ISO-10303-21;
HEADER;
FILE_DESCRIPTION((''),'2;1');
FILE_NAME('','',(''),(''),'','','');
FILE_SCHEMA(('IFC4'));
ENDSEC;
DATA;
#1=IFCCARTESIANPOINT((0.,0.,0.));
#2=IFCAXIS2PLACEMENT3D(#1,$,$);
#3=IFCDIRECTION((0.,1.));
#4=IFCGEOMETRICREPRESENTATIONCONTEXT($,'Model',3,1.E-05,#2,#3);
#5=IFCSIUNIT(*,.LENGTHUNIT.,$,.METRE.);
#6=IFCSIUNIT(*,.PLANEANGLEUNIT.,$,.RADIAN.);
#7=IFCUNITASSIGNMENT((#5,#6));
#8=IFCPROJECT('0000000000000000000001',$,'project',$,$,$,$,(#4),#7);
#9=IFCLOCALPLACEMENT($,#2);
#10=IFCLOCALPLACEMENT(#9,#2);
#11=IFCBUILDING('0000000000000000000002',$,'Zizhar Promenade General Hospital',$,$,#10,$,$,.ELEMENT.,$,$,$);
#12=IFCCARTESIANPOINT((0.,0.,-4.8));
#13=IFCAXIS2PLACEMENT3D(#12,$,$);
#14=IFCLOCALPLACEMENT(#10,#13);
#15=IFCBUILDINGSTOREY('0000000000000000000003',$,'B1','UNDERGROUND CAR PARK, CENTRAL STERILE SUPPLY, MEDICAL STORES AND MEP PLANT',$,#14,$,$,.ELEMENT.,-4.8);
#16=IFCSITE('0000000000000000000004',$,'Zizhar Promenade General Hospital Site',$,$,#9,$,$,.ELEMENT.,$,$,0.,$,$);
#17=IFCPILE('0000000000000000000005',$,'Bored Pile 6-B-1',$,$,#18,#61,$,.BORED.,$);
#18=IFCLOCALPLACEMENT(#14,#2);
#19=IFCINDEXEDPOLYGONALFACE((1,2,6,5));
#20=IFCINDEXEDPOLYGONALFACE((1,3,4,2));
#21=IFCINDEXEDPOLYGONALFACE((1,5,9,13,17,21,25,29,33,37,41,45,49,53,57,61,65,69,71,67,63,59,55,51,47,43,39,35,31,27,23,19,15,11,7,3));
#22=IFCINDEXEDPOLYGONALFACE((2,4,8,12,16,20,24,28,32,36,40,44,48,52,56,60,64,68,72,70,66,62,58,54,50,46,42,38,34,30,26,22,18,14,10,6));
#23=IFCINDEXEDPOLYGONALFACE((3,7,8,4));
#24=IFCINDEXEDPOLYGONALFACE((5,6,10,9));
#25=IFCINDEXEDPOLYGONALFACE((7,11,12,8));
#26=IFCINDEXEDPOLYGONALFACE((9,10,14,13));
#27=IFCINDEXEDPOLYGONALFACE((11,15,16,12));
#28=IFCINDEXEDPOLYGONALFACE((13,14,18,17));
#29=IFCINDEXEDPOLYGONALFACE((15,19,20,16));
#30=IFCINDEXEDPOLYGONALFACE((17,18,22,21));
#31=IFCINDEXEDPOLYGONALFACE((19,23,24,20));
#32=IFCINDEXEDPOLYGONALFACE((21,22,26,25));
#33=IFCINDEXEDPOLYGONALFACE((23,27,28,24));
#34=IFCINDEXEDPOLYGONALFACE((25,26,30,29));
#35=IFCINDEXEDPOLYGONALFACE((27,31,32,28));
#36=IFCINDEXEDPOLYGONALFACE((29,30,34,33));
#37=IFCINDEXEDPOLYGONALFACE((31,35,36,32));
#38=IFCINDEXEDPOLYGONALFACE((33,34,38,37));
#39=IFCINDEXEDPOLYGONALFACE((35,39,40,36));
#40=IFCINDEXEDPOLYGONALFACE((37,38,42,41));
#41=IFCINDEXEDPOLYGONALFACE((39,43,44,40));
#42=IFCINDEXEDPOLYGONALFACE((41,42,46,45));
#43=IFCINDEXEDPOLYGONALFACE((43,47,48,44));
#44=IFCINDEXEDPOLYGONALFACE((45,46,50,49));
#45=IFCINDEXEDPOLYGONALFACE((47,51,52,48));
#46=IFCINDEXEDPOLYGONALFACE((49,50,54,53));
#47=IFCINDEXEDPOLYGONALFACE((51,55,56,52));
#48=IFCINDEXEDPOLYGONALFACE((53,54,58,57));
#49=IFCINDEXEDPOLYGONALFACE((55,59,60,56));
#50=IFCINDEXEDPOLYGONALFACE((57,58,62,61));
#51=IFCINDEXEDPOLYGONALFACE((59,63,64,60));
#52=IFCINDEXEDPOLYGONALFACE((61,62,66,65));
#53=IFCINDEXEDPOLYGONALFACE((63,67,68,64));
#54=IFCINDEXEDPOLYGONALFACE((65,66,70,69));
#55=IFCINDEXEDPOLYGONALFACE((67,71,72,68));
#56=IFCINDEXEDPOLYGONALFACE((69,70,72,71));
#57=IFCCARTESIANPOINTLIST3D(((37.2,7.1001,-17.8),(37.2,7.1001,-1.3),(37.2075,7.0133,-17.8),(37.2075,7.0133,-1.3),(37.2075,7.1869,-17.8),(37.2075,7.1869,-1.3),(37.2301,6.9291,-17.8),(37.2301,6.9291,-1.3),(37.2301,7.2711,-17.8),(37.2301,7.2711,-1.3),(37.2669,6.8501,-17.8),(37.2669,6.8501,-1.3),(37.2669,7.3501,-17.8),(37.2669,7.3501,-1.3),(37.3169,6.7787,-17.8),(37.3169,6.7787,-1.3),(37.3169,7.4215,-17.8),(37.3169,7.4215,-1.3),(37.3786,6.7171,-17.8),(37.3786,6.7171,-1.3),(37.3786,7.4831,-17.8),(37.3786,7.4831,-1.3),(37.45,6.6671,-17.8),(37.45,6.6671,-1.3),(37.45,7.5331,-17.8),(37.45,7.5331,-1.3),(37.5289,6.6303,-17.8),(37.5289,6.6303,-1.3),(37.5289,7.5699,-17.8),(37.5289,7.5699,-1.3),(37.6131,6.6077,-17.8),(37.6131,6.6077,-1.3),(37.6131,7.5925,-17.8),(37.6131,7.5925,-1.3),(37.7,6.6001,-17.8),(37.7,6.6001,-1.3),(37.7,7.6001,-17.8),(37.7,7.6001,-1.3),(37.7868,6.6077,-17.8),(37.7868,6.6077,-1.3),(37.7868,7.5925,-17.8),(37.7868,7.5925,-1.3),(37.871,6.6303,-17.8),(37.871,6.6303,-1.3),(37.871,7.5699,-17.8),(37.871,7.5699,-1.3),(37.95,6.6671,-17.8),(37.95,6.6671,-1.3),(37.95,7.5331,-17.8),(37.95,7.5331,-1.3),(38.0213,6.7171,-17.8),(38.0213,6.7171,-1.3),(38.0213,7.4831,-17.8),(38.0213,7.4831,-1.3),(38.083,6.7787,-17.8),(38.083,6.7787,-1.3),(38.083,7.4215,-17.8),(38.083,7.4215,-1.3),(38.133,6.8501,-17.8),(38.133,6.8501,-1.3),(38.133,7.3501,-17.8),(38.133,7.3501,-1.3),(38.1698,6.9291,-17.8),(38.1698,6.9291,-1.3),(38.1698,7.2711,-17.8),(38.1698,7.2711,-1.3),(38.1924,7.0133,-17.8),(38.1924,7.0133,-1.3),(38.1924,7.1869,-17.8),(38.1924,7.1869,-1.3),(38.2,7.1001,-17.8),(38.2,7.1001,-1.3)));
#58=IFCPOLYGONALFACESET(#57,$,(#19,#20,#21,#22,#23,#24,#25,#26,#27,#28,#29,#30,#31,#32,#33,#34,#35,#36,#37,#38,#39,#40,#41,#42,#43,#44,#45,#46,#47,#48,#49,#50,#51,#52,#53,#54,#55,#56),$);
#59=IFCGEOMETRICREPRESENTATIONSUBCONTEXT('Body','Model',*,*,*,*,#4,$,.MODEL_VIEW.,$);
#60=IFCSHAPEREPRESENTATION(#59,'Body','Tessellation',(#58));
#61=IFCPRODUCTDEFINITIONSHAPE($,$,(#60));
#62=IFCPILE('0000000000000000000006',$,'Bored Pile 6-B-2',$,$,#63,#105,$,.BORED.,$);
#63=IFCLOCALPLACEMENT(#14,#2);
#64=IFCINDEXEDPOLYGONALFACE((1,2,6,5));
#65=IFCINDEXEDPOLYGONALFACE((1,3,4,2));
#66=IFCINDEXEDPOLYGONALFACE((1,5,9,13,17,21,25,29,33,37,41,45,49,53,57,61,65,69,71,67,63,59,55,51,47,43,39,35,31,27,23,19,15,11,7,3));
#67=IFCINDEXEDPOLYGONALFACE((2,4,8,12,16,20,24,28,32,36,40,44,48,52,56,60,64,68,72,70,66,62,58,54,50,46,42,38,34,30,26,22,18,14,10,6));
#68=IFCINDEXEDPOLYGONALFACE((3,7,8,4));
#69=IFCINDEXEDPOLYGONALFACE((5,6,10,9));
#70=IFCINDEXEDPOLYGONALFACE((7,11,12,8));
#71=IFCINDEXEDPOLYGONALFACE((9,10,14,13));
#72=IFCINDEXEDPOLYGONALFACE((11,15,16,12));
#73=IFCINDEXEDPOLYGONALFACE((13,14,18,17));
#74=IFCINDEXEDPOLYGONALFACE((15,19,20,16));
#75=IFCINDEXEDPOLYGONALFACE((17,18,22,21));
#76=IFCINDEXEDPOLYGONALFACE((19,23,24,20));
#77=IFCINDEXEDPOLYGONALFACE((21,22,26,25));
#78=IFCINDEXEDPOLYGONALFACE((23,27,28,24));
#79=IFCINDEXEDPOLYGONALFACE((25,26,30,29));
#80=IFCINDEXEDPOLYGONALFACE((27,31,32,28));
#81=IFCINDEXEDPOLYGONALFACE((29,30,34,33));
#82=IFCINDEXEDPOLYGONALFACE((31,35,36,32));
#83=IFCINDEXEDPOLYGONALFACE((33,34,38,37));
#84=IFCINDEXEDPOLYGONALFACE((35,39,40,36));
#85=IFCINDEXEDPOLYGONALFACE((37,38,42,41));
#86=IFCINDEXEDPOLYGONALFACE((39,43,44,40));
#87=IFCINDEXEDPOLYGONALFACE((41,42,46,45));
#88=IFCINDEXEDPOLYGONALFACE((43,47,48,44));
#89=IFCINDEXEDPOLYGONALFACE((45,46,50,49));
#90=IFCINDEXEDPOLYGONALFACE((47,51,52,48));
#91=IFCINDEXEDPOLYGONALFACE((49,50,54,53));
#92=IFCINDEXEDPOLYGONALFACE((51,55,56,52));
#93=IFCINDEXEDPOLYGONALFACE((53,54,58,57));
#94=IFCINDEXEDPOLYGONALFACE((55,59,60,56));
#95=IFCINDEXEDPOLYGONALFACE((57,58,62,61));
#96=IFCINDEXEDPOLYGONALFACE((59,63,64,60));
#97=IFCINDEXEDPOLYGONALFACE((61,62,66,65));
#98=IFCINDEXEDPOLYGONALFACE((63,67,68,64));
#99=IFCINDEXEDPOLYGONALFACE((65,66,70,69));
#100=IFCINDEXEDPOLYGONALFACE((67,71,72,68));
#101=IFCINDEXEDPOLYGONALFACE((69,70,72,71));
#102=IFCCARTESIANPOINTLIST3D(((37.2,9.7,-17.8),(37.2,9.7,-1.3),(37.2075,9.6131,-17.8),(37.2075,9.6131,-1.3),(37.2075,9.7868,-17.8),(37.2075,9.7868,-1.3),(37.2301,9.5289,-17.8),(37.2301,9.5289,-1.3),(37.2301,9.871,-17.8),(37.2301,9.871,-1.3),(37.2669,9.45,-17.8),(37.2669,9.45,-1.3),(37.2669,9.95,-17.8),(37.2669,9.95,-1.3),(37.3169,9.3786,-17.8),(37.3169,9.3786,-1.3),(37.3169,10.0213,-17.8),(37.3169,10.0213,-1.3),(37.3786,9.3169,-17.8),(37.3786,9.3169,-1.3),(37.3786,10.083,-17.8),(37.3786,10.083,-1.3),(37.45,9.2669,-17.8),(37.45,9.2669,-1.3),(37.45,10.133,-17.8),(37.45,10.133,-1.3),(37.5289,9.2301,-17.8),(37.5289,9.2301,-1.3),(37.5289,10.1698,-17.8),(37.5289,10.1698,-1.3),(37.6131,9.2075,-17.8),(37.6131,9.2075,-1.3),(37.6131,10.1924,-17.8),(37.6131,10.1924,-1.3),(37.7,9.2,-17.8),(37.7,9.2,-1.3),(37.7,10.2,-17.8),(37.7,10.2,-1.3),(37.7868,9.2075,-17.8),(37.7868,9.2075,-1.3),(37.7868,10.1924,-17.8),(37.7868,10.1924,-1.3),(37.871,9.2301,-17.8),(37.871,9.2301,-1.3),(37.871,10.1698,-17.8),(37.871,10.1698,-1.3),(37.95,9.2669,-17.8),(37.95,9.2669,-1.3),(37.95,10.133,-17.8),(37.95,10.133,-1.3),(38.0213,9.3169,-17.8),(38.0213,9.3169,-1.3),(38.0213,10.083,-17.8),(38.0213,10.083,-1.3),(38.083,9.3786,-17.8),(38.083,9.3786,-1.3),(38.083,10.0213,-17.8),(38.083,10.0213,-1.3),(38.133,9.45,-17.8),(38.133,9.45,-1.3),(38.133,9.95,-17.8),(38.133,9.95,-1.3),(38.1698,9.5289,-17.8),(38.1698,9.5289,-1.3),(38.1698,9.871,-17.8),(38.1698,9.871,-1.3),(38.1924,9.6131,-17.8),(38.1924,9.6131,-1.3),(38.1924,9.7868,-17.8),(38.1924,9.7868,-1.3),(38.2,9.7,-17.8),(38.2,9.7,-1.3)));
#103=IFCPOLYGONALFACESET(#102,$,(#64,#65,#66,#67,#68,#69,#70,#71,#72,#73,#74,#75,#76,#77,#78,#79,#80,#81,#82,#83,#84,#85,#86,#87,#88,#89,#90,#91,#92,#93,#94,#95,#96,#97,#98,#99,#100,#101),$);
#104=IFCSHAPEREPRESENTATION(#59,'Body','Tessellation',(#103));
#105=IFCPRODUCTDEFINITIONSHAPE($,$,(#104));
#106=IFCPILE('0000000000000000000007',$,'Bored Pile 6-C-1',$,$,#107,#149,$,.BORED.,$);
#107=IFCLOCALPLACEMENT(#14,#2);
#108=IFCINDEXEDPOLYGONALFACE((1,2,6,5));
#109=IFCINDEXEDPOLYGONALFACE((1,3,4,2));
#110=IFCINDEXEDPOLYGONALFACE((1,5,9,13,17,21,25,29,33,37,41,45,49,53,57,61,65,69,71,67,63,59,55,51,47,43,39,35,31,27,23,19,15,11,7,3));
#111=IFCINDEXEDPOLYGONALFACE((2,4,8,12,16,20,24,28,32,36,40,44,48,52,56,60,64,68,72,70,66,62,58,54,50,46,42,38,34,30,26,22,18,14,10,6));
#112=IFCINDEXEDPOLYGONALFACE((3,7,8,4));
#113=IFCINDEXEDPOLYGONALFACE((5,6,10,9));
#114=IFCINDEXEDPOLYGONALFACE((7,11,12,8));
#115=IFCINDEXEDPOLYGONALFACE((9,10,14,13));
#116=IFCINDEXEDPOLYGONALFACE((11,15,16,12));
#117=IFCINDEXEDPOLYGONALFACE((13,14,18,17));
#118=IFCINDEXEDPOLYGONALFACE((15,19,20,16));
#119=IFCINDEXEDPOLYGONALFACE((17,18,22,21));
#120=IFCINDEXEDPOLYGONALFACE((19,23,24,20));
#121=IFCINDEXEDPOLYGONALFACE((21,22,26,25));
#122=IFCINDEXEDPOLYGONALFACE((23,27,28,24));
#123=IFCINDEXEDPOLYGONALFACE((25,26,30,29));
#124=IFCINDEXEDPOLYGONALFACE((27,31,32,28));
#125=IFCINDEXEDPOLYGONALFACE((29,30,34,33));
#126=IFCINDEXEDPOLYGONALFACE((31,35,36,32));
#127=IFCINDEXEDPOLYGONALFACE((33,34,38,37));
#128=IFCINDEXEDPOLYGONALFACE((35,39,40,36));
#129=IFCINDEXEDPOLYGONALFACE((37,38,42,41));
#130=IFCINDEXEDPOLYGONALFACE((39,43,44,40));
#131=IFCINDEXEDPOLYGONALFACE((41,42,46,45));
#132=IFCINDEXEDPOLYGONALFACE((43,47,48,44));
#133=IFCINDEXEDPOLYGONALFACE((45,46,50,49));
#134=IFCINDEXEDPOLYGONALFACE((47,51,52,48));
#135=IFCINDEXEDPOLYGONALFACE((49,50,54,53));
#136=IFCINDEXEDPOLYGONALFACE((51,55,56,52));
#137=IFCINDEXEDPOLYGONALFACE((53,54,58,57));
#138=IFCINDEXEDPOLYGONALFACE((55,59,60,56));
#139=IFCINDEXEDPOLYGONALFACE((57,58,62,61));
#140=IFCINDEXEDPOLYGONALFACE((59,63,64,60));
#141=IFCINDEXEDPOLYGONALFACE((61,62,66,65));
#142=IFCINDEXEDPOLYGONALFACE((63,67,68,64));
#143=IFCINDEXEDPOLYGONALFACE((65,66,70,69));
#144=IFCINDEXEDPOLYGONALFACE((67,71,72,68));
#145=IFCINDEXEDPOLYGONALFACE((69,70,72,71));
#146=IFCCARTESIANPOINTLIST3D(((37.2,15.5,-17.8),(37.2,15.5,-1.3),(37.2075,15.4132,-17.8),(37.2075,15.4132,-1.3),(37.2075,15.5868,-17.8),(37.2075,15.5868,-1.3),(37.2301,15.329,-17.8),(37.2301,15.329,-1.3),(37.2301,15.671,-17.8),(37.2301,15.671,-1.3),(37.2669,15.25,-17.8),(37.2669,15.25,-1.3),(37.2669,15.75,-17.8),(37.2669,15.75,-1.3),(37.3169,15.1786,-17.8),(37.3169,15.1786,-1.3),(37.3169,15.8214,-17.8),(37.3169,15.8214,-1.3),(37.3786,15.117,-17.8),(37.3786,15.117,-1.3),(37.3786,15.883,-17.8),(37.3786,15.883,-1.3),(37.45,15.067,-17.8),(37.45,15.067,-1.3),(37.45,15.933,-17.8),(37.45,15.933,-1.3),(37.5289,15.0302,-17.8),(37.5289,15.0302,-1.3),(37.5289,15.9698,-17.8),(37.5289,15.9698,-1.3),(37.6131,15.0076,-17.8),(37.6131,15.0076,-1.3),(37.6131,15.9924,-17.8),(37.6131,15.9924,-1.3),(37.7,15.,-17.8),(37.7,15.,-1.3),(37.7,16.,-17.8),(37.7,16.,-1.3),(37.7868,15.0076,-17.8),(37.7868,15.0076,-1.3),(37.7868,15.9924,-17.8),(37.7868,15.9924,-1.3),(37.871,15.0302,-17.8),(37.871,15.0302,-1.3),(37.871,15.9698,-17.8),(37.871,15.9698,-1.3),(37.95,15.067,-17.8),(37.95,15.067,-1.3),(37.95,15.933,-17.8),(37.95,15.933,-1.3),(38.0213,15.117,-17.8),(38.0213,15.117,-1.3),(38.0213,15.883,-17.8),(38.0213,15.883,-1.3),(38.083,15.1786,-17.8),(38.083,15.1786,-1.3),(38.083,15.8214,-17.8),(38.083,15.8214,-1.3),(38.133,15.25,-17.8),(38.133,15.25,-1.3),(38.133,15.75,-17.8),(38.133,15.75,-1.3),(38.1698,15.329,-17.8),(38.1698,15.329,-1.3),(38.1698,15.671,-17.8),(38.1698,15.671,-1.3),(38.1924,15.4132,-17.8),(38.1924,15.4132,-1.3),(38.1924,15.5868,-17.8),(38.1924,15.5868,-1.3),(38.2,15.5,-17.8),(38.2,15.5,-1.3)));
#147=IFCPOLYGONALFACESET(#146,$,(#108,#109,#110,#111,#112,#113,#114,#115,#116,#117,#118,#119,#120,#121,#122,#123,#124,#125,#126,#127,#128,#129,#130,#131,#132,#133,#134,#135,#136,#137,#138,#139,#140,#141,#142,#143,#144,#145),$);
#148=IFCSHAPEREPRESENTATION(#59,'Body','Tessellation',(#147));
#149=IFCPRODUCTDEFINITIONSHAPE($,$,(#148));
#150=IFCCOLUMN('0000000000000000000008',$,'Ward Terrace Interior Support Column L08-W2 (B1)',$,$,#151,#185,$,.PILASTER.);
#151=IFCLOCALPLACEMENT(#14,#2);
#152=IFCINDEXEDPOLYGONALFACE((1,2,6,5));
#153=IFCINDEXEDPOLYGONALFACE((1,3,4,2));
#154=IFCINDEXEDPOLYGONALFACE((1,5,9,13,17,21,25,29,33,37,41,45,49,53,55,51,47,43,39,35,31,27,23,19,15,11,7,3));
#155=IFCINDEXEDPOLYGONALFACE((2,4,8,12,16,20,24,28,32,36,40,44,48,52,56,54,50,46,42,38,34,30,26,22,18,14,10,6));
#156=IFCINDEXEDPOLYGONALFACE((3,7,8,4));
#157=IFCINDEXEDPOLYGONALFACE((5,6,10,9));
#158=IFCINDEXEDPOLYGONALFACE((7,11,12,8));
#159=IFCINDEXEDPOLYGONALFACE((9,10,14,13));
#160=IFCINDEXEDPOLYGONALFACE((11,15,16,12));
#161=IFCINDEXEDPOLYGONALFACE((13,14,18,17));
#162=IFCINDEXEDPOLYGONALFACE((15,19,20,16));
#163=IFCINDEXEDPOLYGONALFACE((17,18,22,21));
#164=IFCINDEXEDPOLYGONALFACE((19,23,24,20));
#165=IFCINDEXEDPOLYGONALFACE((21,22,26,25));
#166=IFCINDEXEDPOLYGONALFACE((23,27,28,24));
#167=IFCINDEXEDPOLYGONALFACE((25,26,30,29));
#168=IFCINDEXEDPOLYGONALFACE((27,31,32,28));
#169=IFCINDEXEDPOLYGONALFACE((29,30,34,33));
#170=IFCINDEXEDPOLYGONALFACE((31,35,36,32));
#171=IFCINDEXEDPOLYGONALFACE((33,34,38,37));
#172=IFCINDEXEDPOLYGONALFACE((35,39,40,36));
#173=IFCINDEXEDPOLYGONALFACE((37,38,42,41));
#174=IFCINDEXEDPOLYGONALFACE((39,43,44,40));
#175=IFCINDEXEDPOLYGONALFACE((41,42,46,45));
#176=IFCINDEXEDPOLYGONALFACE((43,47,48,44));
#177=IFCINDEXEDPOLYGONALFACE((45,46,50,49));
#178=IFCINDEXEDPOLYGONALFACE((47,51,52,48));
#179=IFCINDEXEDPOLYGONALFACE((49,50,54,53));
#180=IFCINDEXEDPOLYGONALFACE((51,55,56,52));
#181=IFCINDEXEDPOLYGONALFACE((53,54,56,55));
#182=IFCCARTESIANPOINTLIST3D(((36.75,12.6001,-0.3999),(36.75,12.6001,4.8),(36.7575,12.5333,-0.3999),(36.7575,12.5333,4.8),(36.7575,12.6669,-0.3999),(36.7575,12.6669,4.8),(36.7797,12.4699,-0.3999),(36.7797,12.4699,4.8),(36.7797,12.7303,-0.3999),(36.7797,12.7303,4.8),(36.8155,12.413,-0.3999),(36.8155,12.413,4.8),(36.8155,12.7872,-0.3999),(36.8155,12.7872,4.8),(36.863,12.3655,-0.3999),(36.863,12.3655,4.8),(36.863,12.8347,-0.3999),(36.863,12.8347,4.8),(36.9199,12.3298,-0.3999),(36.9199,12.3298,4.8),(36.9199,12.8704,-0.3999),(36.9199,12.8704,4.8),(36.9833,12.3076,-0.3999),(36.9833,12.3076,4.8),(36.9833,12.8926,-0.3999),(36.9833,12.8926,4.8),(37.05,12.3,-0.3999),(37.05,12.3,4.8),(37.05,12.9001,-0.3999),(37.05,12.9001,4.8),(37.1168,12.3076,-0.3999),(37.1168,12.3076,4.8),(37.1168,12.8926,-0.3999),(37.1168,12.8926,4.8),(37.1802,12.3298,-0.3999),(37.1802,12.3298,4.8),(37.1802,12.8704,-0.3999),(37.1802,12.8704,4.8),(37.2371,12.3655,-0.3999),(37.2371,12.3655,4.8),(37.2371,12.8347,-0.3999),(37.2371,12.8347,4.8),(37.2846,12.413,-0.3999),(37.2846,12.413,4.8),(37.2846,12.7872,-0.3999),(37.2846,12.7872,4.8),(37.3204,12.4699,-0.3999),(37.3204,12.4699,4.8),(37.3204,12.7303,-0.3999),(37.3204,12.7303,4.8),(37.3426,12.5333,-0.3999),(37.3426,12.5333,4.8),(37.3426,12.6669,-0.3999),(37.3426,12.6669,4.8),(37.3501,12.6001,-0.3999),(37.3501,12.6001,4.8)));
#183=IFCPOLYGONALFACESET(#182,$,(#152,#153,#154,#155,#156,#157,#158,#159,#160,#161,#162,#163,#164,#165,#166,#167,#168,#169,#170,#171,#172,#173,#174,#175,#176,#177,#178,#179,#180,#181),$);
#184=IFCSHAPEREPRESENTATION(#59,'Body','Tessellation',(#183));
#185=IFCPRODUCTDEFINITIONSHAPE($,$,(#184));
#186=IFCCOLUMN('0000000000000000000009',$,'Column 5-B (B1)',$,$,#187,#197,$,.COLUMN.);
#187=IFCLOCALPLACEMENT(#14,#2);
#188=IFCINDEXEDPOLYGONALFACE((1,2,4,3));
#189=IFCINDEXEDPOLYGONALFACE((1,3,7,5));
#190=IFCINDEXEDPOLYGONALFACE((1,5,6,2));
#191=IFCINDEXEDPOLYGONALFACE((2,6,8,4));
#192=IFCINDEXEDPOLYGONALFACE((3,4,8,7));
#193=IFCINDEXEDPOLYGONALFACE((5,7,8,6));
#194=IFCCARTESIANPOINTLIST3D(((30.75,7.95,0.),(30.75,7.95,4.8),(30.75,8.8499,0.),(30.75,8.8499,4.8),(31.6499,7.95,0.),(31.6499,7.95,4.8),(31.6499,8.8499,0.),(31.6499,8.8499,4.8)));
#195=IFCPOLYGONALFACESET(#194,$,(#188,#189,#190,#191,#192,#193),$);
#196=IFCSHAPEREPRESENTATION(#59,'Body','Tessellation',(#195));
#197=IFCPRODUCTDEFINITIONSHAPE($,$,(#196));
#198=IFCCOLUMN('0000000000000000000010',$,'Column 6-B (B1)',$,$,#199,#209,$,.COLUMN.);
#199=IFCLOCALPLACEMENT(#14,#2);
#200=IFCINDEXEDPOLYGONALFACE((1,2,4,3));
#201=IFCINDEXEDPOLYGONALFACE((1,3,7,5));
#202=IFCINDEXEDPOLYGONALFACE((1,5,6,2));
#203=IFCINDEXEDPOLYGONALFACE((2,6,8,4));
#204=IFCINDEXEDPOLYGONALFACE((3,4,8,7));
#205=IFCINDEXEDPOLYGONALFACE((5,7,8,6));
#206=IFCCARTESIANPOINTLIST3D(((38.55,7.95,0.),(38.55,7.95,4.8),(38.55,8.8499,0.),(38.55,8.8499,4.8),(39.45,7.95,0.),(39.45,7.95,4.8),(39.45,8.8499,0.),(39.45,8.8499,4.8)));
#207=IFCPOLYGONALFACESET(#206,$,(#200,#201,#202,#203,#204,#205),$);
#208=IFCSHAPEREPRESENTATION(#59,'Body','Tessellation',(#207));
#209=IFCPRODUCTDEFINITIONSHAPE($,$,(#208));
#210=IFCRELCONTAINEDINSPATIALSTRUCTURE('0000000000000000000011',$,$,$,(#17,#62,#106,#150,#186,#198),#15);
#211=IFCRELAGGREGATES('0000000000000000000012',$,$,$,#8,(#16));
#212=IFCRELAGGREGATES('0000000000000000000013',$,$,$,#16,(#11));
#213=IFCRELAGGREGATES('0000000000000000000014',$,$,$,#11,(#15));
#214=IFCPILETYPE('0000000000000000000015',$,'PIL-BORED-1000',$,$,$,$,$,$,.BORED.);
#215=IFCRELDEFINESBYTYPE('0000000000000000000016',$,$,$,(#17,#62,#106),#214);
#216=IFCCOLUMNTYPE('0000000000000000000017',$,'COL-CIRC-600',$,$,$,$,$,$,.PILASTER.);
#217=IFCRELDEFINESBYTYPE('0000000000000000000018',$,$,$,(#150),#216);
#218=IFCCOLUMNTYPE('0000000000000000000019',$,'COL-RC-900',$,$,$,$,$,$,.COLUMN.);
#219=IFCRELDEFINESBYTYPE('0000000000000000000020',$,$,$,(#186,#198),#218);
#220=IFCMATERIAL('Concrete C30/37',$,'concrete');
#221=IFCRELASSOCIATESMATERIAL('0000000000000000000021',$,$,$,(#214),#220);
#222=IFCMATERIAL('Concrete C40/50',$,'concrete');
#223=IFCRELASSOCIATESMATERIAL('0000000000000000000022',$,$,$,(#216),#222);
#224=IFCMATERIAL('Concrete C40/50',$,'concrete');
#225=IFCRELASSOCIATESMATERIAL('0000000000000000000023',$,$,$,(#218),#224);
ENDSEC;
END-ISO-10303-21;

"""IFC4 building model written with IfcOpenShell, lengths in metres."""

from ifc_helpers import new_model, si_unit, direction, frame, origin, origin_2d, place, context, subcontext, project, spatial, rectangle, circle, extrude, material, material_profile, profile_set, type_object, element, save


model = new_model("IFC4")

# Units and contexts
model_context = context("Model", 3, precision=1e-05, world=origin(), true_north=direction((0.0, 1.0)))
body_context = subcontext(model_context, "Body", "Model", "MODEL_VIEW")
ifc_project = project(units=[si_unit("LENGTHUNIT", "METRE"), si_unit("PLANEANGLEUNIT", "RADIAN")], contexts=[model_context])

# Site, building, storey
site_placement = place(None, origin())
site = spatial("IfcSite", under=ifc_project, at=site_placement, Name="Zizhar Promenade General Hospital Site", CompositionType="ELEMENT", RefElevation=0.0)
building_placement = place(site_placement, origin())
building = spatial("IfcBuilding", under=site, at=building_placement, Name="Zizhar Promenade General Hospital", CompositionType="ELEMENT")
storey_placement = place(building_placement, frame((0.0, 0.0, -4.8)))
storey = spatial("IfcBuildingStorey", under=building, at=storey_placement, Name="B1", Description="UNDERGROUND CAR PARK, CENTRAL STERILE SUPPLY, MEDICAL STORES AND MEP PLANT", CompositionType="ELEMENT", Elevation=-4.8)

# Piles
ifc_material_1 = material(Name="Concrete C30/37", Category="concrete")
ifc_material_profile_1 = material_profile(ifc_material_1, circle(Radius=0.5, at=origin_2d()))
ifc_profile_set_1 = profile_set([ifc_material_profile_1], Name="Concrete C30/37")
pile_type = type_object("IfcPileType", Name="PIL-BORED-1000", PredefinedType="BORED", material=ifc_profile_set_1)
for number, where, z_axis, x_axis, name in (
    (1, (37.7, 7.1001, -1.3), (0.0, 0.0, -1.0), (1.0, 0.0, 0.0), "Bored Pile 6-B-1"),
    (2, (37.7, 9.7, -1.3), (0.0, 0.0, -1.0), (1.0, 0.0, 0.0), "Bored Pile 6-B-2"),
    (3, (37.7, 15.5, -1.3), (0.0, 0.0, -1.0), (1.0, 0.0, 0.0), "Bored Pile 6-C-1"),
):
    element("IfcPile", number, at=place(storey_placement, frame(where, z_axis=z_axis, x_axis=x_axis)), inside=storey, type_object=pile_type, Name=name, PredefinedType="BORED", context=body_context, shape_type="SweptSolid", body=[
        extrude(circle(Radius=0.5, at=origin_2d()), origin(), (0.0, 0.0, 1.0), 16.5),
    ])

# Columns
ifc_material_2 = material(Name="Concrete C40/50", Category="concrete")
ifc_material_profile_2 = material_profile(ifc_material_2, circle(Radius=0.3, at=origin_2d()))
ifc_profile_set_2 = profile_set([ifc_material_profile_2], Name="Concrete C40/50")
column_type_1 = type_object("IfcColumnType", Name="COL-CIRC-600", PredefinedType="PILASTER", material=ifc_profile_set_2)
column_placement = place(storey_placement, frame((37.05, 12.6001, -0.3999), z_axis=(0.0, 0.0, 1.0), x_axis=(1.0, 0.0, 0.0)))
element("IfcColumn", 4, at=column_placement, inside=storey, type_object=column_type_1, Name="Ward Terrace Interior Support Column L08-W2 (B1)", PredefinedType="PILASTER", context=body_context, shape_type="SweptSolid", body=[
    extrude(circle(Radius=0.3, at=origin_2d()), origin(), (0.0, 0.0, 1.0), 5.2),
])
ifc_material_3 = material(Name="Concrete C40/50", Category="concrete")
ifc_material_profile_3 = material_profile(ifc_material_3, rectangle(XDim=0.8999, YDim=0.8999, at=origin_2d()))
ifc_profile_set_3 = profile_set([ifc_material_profile_3], Name="Concrete C40/50")
column_type_2 = type_object("IfcColumnType", Name="COL-RC-900", PredefinedType="COLUMN", material=ifc_profile_set_3)
for number, where, z_axis, x_axis, name in (
    (5, (31.2, 8.3999, 0.0), (0.0, 0.0, 1.0), (1.0, 0.0, 0.0), "Column 5-B (B1)"),
    (6, (39.0, 8.3999, 0.0), (0.0, 0.0, 1.0), (1.0, 0.0, 0.0), "Column 6-B (B1)"),
):
    element("IfcColumn", number, at=place(storey_placement, frame(where, z_axis=z_axis, x_axis=x_axis)), inside=storey, type_object=column_type_2, Name=name, PredefinedType="COLUMN", context=body_context, shape_type="SweptSolid", body=[
        extrude(rectangle(XDim=0.8999, YDim=0.8999, at=origin_2d()), origin(), (0.0, 0.0, 1.0), 4.8),
    ])

save(model, "model.ifc")
